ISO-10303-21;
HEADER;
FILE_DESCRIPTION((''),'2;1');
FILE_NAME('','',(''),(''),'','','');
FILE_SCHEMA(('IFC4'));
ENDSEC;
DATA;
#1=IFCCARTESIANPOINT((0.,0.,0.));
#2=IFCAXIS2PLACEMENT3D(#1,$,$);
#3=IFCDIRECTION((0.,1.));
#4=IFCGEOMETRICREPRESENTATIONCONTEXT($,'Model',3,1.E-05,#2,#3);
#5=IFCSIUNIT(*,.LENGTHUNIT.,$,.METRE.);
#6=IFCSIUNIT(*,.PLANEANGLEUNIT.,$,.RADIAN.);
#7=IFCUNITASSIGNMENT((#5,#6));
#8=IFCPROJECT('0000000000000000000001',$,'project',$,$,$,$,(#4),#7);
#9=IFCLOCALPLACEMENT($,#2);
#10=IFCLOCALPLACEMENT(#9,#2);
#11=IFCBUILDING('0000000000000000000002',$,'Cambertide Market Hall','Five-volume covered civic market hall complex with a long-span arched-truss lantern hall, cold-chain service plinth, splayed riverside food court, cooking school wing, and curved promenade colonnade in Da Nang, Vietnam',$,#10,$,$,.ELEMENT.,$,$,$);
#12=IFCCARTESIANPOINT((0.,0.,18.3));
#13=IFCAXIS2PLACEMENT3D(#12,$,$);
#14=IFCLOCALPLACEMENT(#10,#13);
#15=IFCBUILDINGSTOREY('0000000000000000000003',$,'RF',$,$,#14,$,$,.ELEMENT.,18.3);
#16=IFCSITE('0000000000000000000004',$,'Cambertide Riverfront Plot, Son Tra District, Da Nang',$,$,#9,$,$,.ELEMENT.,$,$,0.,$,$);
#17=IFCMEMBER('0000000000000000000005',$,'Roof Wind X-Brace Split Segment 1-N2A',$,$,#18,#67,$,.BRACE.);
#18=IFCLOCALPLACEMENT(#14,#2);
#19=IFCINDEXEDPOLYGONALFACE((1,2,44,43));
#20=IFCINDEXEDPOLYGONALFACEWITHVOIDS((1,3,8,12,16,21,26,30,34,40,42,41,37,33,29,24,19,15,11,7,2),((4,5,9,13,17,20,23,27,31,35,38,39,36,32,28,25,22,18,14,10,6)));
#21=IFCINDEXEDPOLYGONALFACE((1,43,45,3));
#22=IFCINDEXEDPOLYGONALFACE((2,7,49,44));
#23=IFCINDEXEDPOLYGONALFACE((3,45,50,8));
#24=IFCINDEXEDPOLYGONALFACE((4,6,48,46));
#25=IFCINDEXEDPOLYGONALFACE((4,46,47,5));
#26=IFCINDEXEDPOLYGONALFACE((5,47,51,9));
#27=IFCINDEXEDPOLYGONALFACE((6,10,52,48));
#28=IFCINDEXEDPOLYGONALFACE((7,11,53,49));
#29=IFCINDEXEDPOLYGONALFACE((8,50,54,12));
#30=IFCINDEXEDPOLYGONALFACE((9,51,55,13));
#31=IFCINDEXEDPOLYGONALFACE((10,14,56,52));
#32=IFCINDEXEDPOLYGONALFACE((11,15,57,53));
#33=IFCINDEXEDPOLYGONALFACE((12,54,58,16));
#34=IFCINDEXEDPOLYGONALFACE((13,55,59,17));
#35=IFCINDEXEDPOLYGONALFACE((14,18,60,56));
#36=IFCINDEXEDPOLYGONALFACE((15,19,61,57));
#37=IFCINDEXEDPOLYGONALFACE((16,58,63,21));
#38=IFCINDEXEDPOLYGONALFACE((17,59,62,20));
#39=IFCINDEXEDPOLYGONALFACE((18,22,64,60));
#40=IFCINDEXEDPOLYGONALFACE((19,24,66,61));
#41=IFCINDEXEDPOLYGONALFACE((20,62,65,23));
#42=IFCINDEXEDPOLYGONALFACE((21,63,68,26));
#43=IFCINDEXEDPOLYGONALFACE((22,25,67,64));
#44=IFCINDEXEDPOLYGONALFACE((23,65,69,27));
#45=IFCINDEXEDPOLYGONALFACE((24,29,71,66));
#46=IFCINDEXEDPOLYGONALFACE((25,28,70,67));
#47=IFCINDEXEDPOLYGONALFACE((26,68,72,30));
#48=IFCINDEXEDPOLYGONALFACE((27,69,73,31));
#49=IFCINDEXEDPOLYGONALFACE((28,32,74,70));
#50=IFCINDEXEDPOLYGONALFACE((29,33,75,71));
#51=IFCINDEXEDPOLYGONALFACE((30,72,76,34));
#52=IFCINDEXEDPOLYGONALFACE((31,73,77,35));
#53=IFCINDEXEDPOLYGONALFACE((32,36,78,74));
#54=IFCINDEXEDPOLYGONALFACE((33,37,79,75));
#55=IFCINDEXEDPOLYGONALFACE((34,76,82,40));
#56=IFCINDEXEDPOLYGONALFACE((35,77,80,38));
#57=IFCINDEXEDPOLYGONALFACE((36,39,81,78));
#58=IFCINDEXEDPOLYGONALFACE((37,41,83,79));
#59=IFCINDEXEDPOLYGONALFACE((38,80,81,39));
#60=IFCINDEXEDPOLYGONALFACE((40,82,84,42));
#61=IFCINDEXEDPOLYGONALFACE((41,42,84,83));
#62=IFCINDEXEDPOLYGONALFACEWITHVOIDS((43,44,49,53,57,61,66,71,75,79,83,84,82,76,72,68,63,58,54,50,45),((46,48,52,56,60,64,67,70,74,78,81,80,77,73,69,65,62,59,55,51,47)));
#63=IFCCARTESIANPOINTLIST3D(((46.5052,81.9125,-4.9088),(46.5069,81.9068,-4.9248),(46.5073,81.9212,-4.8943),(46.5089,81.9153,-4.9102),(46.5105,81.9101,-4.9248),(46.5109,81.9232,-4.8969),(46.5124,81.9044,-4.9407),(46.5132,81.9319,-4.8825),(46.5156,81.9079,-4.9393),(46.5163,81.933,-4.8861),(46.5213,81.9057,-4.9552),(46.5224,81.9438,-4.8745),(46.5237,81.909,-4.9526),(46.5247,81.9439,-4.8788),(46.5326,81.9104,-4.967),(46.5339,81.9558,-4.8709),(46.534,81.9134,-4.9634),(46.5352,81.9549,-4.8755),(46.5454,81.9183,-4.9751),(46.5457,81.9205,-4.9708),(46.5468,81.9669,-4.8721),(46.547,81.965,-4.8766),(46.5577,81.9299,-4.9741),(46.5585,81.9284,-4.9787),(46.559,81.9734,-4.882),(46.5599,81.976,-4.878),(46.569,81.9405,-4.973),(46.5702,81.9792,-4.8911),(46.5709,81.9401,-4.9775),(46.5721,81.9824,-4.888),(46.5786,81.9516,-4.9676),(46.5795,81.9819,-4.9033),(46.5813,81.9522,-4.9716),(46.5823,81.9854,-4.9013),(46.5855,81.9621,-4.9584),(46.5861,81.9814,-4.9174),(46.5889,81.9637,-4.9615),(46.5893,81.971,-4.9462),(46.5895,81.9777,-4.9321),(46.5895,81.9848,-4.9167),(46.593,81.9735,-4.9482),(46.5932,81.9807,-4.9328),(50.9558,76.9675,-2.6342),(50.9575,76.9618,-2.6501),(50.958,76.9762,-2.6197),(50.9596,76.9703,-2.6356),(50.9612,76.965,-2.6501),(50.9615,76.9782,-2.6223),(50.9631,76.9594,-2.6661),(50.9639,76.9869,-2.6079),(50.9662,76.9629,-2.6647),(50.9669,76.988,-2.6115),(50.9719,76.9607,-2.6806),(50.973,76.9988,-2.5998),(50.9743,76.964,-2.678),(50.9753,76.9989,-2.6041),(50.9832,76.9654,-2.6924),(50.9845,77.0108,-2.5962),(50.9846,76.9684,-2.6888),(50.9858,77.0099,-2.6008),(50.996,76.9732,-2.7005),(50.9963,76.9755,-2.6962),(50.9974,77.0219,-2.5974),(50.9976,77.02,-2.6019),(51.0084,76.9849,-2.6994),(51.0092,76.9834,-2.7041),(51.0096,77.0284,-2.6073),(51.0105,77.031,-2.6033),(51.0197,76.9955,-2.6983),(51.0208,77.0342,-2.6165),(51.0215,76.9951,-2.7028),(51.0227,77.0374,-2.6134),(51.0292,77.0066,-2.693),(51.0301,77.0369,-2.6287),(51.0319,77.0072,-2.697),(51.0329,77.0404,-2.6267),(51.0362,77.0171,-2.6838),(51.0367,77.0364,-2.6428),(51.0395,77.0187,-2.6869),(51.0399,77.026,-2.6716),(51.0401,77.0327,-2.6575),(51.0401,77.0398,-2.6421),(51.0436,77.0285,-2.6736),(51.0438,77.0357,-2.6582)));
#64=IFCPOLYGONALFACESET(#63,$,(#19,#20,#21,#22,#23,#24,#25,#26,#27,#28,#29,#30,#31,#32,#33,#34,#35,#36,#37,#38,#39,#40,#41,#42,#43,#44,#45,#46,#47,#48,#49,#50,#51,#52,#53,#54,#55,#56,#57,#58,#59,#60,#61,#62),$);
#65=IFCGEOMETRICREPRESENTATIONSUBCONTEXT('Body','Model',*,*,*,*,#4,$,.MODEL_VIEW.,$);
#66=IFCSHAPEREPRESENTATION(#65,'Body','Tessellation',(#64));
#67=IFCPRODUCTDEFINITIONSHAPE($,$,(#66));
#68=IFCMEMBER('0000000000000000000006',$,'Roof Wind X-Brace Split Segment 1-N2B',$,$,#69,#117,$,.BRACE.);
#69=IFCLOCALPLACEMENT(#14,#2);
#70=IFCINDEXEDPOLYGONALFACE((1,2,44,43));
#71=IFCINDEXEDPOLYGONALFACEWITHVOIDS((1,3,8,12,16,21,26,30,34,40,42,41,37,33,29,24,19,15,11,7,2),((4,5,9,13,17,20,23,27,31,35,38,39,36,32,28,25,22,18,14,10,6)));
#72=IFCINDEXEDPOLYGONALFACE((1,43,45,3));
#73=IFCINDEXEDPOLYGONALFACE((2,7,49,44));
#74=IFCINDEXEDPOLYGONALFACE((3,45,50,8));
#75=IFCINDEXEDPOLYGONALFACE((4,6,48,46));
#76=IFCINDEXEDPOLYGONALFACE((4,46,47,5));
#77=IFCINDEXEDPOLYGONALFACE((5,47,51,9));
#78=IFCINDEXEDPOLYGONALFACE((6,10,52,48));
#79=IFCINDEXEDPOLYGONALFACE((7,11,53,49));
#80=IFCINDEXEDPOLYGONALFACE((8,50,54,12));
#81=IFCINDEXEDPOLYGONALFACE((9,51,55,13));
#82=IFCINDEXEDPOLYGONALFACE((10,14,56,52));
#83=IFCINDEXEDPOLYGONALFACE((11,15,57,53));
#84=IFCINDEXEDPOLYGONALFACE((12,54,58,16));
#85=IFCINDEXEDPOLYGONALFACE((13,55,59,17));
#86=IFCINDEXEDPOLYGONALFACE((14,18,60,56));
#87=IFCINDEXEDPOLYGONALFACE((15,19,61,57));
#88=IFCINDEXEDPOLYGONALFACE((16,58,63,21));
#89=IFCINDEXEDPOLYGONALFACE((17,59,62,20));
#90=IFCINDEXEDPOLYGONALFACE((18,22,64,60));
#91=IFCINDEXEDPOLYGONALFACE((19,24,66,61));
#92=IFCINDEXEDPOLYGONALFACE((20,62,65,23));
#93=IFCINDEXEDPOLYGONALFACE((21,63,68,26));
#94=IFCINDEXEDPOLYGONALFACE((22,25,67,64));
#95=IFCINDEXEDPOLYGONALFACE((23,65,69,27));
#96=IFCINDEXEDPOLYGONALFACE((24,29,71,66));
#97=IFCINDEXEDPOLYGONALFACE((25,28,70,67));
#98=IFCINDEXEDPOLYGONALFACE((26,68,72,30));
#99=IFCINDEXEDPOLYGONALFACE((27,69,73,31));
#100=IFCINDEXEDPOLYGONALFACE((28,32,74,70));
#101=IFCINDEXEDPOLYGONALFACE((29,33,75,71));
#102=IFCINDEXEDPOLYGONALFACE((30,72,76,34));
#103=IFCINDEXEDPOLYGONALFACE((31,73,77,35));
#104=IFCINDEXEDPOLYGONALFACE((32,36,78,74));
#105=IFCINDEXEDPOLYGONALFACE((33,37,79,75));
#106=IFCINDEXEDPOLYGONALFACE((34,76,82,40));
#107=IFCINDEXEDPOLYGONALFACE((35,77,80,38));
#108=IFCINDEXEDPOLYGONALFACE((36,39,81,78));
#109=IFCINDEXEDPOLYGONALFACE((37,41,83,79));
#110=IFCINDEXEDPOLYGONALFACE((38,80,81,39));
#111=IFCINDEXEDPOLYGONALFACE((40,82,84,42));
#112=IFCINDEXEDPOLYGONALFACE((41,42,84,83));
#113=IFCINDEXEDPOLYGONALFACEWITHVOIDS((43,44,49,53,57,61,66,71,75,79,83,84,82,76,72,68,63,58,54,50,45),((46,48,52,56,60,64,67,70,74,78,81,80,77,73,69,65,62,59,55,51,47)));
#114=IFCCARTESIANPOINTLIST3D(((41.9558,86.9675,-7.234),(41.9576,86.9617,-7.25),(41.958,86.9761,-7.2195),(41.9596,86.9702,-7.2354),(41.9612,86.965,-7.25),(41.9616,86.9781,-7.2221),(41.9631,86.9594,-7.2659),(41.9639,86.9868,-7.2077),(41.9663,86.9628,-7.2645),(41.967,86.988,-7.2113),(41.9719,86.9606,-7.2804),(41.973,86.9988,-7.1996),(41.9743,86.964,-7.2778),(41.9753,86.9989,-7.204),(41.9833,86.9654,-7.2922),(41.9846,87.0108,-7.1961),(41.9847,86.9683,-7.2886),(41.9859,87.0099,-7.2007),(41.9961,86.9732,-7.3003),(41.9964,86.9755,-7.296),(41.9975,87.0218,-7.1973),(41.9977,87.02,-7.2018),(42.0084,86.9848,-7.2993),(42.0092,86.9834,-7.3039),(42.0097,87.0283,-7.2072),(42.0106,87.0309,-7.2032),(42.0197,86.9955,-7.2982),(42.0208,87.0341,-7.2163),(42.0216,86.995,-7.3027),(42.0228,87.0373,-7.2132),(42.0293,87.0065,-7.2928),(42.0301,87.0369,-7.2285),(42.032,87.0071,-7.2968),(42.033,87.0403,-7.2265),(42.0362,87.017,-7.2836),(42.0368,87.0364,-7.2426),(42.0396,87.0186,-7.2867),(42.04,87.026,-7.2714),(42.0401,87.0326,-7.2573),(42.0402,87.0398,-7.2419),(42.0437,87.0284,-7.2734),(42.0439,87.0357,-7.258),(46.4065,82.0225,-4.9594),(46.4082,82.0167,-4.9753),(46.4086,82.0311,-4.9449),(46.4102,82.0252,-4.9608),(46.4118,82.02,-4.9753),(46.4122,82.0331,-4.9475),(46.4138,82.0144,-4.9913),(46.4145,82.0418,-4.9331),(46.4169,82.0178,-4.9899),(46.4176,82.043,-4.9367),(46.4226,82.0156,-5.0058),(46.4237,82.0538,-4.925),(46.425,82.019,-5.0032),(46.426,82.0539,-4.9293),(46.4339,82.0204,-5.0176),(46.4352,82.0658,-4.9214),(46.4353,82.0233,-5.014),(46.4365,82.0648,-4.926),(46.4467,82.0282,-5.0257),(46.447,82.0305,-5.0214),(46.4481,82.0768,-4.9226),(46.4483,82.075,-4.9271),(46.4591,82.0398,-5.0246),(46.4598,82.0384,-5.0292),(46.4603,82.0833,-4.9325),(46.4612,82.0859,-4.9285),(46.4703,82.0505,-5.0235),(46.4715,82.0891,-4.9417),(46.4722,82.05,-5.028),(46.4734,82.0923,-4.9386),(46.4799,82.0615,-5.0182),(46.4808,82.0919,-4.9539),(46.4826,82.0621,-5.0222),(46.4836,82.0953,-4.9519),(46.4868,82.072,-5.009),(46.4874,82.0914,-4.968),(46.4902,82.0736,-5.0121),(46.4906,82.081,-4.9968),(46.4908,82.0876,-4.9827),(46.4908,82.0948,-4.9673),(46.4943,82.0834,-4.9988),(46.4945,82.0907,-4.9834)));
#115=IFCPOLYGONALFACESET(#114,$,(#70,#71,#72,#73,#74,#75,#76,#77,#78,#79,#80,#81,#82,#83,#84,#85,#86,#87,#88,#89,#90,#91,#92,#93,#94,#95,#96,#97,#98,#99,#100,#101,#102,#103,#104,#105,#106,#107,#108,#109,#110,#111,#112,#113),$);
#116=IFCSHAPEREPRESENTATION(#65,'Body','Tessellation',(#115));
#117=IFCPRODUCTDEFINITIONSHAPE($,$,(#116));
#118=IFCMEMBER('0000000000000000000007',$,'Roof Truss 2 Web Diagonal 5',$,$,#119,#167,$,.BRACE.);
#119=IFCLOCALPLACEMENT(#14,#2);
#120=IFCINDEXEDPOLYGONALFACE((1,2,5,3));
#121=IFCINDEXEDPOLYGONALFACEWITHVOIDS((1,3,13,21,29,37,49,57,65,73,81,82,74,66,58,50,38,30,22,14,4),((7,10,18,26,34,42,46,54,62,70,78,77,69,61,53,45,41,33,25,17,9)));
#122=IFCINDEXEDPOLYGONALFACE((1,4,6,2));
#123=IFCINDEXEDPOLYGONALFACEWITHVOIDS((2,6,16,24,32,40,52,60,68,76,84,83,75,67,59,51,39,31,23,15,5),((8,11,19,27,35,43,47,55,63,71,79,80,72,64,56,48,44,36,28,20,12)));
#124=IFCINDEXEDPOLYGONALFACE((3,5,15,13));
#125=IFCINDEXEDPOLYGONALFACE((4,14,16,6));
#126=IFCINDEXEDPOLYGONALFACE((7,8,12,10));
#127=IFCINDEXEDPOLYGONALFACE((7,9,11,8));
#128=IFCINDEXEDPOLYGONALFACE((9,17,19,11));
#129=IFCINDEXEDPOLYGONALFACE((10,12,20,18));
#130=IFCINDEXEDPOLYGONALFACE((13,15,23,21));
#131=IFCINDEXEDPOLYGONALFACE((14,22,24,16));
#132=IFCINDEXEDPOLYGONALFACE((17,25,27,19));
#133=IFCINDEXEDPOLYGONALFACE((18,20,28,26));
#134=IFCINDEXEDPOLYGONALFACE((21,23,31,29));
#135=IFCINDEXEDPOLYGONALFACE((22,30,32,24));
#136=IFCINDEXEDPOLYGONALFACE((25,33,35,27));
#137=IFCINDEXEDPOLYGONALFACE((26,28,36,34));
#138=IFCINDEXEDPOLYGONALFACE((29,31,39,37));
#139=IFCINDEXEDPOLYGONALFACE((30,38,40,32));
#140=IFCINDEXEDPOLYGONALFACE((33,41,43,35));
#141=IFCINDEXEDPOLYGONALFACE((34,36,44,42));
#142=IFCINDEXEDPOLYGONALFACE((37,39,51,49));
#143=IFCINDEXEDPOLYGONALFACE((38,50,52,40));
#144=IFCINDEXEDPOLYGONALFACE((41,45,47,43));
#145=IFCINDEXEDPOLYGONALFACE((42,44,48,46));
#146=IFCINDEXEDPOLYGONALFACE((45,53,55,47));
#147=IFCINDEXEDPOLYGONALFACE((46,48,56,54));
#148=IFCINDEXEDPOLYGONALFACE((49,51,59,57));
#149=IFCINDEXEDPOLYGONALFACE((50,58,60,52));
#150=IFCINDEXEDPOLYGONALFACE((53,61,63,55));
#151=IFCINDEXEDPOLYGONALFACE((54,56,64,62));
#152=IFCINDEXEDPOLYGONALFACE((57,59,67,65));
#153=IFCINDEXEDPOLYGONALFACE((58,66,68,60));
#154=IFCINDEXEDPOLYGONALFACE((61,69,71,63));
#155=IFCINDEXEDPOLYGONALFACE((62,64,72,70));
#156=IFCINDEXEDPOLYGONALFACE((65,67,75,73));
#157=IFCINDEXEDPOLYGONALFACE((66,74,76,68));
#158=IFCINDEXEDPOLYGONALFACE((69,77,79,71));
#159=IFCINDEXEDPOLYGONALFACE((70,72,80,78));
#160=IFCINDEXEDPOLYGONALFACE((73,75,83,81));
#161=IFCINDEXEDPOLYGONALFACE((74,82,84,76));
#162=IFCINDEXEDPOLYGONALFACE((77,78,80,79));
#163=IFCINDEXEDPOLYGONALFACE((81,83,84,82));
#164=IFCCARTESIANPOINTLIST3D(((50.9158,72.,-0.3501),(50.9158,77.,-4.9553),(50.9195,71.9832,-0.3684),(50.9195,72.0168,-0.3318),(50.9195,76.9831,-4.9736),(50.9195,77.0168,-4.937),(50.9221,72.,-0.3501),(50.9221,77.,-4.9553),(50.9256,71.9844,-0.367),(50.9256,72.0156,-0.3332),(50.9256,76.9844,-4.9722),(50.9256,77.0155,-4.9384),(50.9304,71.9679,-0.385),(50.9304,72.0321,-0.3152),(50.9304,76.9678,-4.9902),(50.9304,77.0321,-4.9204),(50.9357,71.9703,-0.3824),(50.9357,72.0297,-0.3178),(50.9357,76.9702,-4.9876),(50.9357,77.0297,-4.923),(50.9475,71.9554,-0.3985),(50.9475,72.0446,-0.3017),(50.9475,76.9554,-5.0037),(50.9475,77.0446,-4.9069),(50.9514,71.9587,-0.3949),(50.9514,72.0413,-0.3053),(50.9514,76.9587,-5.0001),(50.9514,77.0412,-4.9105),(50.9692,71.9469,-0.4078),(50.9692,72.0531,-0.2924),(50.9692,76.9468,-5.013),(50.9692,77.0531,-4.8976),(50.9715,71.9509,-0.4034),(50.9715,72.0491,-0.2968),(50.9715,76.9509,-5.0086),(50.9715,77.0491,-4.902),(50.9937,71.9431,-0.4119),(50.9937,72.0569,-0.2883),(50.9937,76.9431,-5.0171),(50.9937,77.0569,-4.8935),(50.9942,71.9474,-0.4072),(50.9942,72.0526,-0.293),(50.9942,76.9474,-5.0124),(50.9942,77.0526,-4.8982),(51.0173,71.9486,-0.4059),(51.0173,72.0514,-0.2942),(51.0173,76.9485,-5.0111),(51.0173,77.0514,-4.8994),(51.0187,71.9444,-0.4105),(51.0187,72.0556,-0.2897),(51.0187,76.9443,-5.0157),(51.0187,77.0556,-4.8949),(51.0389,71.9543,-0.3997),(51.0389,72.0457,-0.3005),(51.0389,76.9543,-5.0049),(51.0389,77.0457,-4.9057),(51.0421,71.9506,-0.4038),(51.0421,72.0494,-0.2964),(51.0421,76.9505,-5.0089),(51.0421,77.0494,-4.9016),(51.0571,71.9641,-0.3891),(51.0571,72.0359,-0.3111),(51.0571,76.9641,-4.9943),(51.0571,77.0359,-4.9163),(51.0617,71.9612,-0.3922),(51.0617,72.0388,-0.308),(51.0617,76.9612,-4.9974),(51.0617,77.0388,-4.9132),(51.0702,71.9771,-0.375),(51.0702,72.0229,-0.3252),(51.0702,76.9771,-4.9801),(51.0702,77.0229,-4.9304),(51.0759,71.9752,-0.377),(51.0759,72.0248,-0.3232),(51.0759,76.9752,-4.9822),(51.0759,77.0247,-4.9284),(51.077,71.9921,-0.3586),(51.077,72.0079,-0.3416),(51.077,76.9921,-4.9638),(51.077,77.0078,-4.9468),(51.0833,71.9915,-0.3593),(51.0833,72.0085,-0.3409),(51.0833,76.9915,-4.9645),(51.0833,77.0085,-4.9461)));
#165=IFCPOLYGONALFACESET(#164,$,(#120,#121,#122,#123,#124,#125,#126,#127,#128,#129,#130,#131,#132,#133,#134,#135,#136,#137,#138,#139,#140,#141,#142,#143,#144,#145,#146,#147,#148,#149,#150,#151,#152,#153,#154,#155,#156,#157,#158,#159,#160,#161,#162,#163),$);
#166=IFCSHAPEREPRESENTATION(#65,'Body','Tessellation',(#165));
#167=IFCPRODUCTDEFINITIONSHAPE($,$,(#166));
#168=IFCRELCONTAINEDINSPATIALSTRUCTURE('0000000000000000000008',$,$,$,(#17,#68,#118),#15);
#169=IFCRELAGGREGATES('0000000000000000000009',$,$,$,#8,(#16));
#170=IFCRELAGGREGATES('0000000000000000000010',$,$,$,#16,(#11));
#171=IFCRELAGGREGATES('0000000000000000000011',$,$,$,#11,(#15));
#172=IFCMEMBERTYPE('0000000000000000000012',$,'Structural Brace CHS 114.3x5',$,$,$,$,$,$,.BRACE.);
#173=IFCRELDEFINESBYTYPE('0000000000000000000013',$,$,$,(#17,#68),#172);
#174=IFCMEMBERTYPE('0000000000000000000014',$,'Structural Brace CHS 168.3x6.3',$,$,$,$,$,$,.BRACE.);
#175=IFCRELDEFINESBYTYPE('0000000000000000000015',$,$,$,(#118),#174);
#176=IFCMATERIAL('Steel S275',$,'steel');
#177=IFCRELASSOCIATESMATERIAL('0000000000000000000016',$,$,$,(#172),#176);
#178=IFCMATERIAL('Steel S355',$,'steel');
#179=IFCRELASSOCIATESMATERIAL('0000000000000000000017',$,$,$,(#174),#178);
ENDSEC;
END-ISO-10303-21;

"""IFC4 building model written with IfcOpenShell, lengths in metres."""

from ifc_helpers import new_model, si_unit, direction, frame, origin, origin_2d, place, context, subcontext, project, spatial, hollow_circle, extrude, material, material_profile, profile_set, type_object, element, save


model = new_model("IFC4")

# Units and contexts
model_context = context("Model", 3, precision=1e-05, world=origin(), true_north=direction((0.0, 1.0)))
body_context = subcontext(model_context, "Body", "Model", "MODEL_VIEW")
ifc_project = project(units=[si_unit("LENGTHUNIT", "METRE"), si_unit("PLANEANGLEUNIT", "RADIAN")], contexts=[model_context])

# Site, building, storey
site_placement = place(None, origin())
site = spatial("IfcSite", under=ifc_project, at=site_placement, Name="Cambertide Riverfront Plot, Son Tra District, Da Nang", CompositionType="ELEMENT", RefElevation=0.0)
building_placement = place(site_placement, origin())
building = spatial("IfcBuilding", under=site, at=building_placement, Name="Cambertide Market Hall", Description="Five-volume covered civic market hall complex with a long-span arched-truss lantern hall, cold-chain service plinth, splayed riverside food court, cooking school wing, and curved promenade colonnade in Da Nang, Vietnam", CompositionType="ELEMENT")
storey_placement = place(building_placement, frame((0.0, 0.0, 18.3)))
storey = spatial("IfcBuildingStorey", under=building, at=storey_placement, Name="RF", CompositionType="ELEMENT", Elevation=18.3)

# Members
ifc_material_1 = material(Name="Steel S275", Category="steel")
ifc_material_profile_1 = material_profile(ifc_material_1, hollow_circle(Radius=0.0571, WallThickness=0.0049, at=origin_2d()), Name="CHS 114.3x5")
ifc_profile_set_1 = profile_set([ifc_material_profile_1], Name="Steel S275")
member_type_1 = type_object("IfcMemberType", Name="Structural Brace CHS 114.3x5", PredefinedType="BRACE", material=ifc_profile_set_1)
for number, where, z_axis, x_axis, name in (
    (1, (51.0, 77.0, -2.6501), (-0.633, 0.703314, -0.323514), (-0.743285, -0.668975, 0.0), "Roof Wind X-Brace Split Segment 1-N2A"),
    (2, (46.4507, 82.0549, -4.9753), (-0.633, 0.703314, -0.323514), (-0.743285, -0.668975, 0.0), "Roof Wind X-Brace Split Segment 1-N2B"),
):
    element("IfcMember", number, at=place(storey_placement, frame(where, z_axis=z_axis, x_axis=x_axis)), inside=storey, type_object=member_type_1, Name=name, PredefinedType="BRACE", context=body_context, shape_type="SweptSolid", body=[
        extrude(hollow_circle(Radius=0.0571, WallThickness=0.0049, at=origin_2d()), origin(), (0.0, 0.0, 1.0), 7.031),
    ])
ifc_material_2 = material(Name="Steel S355", Category="steel")
ifc_material_profile_2 = material_profile(ifc_material_2, hollow_circle(Radius=0.0842, WallThickness=0.0063, at=origin_2d()), Name="CHS 168.3x6.3")
ifc_profile_set_2 = profile_set([ifc_material_profile_2], Name="Steel S355")
member_type_2 = type_object("IfcMemberType", Name="Structural Brace CHS 168.3x6.3", PredefinedType="BRACE", material=ifc_profile_set_2)
member_1_placement = place(storey_placement, frame((51.0, 72.0, -0.3501), z_axis=(0.0, 0.735548, -0.677473), x_axis=(-1.0, 0.0, 0.0)))
element("IfcMember", 3, at=member_1_placement, inside=storey, type_object=member_type_2, Name="Roof Truss 2 Web Diagonal 5", PredefinedType="BRACE", context=body_context, shape_type="SweptSolid", body=[
    extrude(hollow_circle(Radius=0.0842, WallThickness=0.0063, at=origin_2d()), origin(), (0.0, 0.0, 1.0), 6.7976),
])

save(model, "model.ifc")
